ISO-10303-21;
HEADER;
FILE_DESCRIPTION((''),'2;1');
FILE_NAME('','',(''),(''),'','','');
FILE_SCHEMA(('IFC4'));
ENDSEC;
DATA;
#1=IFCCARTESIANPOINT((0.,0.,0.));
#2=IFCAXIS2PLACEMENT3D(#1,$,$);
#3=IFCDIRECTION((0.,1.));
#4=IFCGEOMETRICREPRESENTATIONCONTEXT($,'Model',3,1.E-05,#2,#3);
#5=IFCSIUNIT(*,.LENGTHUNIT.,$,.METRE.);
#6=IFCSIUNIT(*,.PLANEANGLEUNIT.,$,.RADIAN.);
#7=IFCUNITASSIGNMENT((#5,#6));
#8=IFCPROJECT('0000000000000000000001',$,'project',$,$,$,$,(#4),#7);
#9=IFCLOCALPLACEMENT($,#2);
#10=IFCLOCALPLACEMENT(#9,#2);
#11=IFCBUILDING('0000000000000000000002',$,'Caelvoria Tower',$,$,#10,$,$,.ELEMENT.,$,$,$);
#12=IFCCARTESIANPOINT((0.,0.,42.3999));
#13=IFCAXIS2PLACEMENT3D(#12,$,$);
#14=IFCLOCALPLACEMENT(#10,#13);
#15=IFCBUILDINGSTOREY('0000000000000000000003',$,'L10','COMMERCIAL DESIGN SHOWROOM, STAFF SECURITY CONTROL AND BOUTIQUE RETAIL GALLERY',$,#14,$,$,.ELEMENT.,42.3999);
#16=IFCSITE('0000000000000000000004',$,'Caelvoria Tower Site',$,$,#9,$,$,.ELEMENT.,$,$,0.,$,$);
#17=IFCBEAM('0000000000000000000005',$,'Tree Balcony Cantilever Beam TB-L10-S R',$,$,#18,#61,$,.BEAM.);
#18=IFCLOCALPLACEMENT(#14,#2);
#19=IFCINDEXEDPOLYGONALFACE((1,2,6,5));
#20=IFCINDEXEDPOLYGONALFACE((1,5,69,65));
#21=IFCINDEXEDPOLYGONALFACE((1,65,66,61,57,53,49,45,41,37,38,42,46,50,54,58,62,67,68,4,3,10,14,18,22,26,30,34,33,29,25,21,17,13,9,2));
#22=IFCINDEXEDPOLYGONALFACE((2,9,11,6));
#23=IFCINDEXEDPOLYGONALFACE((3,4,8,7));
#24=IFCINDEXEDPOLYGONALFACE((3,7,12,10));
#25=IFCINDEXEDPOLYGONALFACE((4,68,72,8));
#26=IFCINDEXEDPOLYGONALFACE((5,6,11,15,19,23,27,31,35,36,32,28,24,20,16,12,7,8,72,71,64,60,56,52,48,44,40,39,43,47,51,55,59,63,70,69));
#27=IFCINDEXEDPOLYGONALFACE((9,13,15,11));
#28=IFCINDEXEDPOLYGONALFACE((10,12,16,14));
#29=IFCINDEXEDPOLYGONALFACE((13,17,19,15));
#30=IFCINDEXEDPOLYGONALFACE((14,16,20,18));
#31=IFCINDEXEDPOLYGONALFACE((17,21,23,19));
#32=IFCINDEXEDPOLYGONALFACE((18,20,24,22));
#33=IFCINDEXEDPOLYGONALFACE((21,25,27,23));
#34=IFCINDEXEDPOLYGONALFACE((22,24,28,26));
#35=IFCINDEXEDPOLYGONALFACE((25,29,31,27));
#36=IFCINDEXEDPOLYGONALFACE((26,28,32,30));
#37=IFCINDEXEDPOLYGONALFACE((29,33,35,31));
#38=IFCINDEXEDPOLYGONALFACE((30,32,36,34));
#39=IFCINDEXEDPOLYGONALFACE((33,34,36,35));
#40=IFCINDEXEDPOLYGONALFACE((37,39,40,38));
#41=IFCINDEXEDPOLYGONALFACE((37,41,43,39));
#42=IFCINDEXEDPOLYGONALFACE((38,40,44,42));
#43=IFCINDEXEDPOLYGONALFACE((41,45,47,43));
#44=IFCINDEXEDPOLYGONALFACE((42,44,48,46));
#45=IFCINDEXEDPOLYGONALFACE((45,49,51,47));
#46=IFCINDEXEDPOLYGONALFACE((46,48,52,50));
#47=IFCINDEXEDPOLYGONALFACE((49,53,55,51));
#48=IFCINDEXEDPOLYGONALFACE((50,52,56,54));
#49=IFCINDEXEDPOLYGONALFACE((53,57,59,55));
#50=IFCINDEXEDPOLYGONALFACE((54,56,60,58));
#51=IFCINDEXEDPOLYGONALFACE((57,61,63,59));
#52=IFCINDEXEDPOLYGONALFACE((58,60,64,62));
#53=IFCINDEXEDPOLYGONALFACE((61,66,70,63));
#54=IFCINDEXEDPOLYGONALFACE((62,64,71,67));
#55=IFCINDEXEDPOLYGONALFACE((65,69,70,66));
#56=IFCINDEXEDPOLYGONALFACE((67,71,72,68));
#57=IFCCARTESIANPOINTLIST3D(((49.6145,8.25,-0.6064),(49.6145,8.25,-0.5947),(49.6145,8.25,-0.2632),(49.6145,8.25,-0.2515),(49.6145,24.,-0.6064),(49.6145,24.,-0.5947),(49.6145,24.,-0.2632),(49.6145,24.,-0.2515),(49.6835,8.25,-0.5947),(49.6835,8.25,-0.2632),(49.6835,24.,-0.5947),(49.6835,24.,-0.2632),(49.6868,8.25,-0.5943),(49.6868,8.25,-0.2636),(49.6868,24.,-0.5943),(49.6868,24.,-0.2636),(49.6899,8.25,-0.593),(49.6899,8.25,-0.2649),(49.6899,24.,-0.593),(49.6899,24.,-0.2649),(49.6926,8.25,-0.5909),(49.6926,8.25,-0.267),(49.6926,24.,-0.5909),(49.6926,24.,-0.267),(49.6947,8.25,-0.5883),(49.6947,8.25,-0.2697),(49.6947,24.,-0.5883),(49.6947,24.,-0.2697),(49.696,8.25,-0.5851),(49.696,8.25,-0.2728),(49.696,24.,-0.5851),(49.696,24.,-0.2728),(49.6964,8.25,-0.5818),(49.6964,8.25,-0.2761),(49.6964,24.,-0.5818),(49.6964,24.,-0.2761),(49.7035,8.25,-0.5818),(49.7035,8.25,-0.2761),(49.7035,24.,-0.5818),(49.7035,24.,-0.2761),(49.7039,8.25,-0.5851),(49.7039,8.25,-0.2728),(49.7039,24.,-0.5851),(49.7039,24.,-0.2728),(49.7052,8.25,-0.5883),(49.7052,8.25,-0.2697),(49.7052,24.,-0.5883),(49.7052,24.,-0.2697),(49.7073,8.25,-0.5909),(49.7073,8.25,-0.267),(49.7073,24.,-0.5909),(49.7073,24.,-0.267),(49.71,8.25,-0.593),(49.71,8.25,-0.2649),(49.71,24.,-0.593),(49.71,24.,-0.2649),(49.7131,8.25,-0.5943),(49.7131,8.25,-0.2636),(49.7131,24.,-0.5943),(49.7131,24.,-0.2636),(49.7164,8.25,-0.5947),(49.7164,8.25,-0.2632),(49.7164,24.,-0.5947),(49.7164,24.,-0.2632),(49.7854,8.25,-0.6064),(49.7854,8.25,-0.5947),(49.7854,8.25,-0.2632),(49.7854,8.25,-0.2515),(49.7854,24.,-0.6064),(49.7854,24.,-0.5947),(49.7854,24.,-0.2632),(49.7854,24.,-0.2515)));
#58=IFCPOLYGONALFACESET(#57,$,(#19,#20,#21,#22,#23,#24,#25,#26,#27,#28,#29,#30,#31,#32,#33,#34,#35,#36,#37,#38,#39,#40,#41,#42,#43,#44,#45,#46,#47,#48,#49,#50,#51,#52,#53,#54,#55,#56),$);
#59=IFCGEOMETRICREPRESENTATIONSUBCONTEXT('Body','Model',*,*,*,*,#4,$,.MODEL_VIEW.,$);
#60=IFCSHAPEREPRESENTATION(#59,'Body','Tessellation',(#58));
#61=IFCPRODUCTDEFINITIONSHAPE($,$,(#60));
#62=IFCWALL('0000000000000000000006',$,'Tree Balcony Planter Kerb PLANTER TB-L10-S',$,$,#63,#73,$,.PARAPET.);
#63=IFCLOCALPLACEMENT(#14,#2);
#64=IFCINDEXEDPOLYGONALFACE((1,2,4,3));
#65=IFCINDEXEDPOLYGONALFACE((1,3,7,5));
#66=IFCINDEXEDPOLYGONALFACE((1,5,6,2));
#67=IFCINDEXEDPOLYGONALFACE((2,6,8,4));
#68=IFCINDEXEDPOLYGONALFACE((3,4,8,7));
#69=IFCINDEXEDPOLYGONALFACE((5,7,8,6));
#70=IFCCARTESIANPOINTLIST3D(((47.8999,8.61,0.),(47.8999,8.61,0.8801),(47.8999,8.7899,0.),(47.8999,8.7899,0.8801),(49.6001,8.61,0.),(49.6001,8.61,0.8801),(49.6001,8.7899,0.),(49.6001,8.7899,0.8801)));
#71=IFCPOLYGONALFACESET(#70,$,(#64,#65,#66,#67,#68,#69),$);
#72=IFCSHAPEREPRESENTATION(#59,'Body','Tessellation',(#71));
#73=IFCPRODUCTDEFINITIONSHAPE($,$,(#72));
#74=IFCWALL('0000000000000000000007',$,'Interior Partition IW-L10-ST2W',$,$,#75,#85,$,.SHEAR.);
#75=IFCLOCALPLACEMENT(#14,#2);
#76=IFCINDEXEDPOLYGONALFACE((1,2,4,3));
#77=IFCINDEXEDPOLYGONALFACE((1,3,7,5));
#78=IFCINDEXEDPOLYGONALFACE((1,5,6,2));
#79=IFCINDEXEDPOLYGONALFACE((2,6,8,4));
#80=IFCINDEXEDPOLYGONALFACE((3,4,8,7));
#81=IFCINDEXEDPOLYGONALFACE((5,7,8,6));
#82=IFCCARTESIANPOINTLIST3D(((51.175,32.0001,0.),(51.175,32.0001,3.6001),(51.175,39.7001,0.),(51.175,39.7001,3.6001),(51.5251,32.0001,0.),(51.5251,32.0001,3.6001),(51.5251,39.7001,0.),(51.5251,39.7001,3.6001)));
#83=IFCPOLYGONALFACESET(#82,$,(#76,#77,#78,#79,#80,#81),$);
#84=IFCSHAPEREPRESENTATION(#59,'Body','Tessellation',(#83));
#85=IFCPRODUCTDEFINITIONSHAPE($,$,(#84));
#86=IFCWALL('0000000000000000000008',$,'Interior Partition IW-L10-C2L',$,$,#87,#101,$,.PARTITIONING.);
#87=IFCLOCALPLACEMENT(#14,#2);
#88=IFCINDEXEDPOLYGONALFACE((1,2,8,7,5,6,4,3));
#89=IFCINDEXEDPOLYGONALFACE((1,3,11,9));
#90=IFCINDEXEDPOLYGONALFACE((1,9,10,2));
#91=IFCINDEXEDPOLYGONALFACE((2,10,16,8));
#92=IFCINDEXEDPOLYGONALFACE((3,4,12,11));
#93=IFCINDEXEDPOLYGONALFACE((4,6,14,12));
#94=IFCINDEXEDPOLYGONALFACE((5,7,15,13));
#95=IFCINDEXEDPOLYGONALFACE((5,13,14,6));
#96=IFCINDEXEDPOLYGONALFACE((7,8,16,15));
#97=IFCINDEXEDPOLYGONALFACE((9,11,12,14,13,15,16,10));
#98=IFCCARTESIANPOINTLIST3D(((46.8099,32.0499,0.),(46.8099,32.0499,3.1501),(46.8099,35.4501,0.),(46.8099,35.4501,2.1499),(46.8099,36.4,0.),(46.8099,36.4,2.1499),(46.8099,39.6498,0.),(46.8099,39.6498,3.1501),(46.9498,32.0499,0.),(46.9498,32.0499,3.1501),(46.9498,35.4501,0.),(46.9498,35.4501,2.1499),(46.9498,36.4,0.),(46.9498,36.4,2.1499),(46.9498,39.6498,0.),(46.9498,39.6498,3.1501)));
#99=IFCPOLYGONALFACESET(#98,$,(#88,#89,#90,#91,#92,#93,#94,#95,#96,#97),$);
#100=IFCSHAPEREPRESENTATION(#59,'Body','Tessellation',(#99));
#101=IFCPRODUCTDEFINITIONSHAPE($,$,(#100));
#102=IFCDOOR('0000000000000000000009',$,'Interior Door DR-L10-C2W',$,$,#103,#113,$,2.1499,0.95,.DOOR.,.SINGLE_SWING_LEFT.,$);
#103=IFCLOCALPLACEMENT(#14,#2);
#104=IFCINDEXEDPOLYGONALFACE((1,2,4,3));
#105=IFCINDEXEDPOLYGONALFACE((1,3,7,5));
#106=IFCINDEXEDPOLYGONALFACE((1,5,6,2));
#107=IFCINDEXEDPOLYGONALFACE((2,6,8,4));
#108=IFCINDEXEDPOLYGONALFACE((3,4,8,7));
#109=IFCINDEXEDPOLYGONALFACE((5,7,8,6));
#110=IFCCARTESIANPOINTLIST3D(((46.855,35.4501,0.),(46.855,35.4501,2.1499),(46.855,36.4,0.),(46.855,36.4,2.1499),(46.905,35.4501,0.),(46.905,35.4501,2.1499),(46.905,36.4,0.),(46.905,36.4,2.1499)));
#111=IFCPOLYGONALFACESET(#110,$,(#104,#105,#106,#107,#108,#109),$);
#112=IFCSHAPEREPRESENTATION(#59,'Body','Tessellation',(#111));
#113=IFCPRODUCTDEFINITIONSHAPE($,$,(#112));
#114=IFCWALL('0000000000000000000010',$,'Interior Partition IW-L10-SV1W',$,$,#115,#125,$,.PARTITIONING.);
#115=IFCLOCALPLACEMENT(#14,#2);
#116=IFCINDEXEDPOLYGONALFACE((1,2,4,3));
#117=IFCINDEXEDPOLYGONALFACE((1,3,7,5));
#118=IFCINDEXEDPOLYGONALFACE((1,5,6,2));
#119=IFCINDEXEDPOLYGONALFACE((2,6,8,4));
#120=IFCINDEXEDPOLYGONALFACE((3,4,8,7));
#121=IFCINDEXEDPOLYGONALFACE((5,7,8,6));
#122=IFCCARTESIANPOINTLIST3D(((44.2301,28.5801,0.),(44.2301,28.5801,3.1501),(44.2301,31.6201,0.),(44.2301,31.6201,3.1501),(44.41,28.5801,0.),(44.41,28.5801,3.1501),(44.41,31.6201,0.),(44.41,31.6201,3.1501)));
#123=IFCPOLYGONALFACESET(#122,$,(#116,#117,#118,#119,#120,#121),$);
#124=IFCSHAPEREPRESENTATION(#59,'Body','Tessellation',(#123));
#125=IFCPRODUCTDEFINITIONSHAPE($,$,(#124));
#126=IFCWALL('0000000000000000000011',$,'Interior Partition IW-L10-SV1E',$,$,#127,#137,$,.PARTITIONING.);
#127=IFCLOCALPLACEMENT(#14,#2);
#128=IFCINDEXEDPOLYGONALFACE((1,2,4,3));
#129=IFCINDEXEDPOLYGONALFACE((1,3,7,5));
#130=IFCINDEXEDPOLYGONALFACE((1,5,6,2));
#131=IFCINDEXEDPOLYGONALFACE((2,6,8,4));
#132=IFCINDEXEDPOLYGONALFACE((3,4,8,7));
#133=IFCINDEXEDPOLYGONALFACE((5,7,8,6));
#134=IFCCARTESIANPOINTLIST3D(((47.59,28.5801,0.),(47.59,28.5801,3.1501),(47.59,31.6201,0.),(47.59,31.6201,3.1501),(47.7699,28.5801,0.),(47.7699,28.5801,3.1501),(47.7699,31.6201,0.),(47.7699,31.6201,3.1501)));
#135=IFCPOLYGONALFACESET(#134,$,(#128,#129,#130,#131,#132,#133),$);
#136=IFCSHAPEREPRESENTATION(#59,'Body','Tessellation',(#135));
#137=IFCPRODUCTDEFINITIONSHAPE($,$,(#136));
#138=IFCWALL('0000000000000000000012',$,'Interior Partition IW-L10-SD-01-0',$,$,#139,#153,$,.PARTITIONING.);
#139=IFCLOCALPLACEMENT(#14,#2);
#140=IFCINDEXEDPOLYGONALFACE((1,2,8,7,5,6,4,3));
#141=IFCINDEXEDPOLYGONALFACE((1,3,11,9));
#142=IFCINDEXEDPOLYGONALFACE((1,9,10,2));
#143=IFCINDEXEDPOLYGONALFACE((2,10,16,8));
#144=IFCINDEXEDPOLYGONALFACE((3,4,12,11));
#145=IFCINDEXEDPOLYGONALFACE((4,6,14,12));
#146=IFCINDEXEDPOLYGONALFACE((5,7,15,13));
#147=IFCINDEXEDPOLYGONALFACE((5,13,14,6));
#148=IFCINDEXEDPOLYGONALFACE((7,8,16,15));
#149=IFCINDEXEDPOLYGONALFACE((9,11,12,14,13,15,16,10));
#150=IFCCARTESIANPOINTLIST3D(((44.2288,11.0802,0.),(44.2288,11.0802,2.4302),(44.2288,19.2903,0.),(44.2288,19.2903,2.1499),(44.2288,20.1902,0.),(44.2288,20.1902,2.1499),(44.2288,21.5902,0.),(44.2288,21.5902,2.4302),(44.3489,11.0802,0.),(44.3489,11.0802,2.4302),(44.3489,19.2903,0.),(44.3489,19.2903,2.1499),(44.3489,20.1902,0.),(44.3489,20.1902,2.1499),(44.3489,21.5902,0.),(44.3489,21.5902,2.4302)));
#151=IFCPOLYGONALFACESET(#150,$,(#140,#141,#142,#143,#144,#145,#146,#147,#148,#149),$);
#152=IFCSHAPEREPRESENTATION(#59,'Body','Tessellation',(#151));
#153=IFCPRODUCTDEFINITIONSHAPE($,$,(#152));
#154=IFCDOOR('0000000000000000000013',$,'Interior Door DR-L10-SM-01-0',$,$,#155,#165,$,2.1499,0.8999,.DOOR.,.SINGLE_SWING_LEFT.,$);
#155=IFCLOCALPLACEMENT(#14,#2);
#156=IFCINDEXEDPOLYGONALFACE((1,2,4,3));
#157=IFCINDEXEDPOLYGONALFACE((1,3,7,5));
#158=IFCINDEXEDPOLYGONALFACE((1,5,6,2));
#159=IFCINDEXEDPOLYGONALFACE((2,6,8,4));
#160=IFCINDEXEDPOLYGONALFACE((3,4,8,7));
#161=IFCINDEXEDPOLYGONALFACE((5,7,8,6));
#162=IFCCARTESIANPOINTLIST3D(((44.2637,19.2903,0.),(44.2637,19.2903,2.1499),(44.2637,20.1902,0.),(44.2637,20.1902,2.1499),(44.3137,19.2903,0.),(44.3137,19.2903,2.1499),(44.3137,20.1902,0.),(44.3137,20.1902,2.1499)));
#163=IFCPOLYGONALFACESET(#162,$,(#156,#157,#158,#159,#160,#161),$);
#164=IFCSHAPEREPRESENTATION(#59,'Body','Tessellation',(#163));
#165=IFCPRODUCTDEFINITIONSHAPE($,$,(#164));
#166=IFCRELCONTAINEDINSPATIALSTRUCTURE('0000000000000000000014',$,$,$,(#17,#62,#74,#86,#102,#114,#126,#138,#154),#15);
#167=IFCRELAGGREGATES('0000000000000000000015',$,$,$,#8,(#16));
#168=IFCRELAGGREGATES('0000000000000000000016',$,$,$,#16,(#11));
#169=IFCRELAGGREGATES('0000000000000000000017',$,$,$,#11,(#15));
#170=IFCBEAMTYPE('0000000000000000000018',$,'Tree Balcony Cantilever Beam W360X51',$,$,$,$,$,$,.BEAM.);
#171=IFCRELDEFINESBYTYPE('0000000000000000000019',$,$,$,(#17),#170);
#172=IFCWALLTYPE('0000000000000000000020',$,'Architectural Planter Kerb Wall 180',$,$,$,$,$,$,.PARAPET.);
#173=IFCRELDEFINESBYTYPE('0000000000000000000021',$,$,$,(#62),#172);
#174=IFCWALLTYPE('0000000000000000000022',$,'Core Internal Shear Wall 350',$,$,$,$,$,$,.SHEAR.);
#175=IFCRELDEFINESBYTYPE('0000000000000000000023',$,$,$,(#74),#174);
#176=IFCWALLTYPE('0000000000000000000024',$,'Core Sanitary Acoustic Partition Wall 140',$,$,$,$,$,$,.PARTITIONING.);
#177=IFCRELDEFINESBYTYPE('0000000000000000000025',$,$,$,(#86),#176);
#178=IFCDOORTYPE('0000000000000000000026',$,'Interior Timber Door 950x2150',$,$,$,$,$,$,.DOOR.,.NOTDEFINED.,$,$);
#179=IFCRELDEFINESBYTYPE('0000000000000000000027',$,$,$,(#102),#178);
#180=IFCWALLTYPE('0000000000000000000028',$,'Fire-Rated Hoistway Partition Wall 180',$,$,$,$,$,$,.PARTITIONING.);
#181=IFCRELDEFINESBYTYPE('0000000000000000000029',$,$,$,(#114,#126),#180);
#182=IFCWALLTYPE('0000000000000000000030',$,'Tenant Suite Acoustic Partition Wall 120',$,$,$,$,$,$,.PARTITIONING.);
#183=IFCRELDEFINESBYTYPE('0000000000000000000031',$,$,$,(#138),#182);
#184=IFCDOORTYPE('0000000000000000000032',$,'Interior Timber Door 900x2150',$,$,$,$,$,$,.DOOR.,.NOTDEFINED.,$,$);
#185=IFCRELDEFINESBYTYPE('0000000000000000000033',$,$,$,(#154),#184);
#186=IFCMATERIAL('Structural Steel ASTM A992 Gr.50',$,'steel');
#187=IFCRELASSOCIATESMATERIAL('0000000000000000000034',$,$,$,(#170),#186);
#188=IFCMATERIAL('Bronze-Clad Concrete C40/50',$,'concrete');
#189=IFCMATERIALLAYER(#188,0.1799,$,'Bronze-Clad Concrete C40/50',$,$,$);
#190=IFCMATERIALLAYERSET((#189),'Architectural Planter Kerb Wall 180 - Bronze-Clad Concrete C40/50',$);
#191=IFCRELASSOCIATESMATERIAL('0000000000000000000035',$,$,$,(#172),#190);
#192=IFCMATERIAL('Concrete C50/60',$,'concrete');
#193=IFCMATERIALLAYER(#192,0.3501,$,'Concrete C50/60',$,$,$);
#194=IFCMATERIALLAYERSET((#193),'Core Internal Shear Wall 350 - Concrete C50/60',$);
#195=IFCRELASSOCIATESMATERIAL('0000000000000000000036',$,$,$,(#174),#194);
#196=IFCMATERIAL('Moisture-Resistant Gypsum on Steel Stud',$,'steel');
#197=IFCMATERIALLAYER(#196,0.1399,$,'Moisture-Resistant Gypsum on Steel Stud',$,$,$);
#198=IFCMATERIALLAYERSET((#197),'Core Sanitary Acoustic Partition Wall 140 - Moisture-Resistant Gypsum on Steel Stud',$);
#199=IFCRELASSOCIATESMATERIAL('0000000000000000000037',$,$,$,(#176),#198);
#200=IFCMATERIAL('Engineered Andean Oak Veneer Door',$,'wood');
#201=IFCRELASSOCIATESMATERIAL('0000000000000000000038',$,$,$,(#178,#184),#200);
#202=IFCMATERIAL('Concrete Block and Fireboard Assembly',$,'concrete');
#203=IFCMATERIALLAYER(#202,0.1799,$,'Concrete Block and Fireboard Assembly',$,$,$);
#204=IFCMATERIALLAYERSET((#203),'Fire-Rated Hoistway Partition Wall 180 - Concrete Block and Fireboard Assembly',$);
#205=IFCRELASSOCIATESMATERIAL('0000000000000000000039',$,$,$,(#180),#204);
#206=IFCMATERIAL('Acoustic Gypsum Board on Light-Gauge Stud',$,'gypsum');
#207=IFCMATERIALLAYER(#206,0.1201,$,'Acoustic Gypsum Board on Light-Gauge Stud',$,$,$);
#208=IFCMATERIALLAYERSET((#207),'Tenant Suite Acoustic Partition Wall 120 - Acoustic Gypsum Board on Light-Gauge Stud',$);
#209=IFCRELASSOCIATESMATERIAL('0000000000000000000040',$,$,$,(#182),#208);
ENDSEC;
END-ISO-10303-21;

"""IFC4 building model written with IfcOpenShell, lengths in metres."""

from ifc_helpers import new_model, si_unit, direction, frame, frame_2d, origin, origin_2d, place, context, subcontext, project, spatial, rectangle, i_section, extrude, material, layer, layer_set, material_profile, profile_set, type_object, element, fill, save


model = new_model("IFC4")

# Units and contexts
model_context = context("Model", 3, precision=1e-05, world=origin(), true_north=direction((0.0, 1.0)))
body_context = subcontext(model_context, "Body", "Model", "MODEL_VIEW")
ifc_project = project(units=[si_unit("LENGTHUNIT", "METRE"), si_unit("PLANEANGLEUNIT", "RADIAN")], contexts=[model_context])

# Site, building, storey
site_placement = place(None, origin())
site = spatial("IfcSite", under=ifc_project, at=site_placement, Name="Caelvoria Tower Site", CompositionType="ELEMENT", RefElevation=0.0)
building_placement = place(site_placement, origin())
building = spatial("IfcBuilding", under=site, at=building_placement, Name="Caelvoria Tower", CompositionType="ELEMENT")
storey_placement = place(building_placement, frame((0.0, 0.0, 42.3999)))
storey = spatial("IfcBuildingStorey", under=building, at=storey_placement, Name="L10", Description="COMMERCIAL DESIGN SHOWROOM, STAFF SECURITY CONTROL AND BOUTIQUE RETAIL GALLERY", CompositionType="ELEMENT", Elevation=42.3999)

# Beam
ifc_material_1 = material(Name="Structural Steel ASTM A992 Gr.50", Category="steel")
ifc_material_profile_1 = material_profile(ifc_material_1, i_section(OverallWidth=0.1709, OverallDepth=0.355, WebThickness=0.0071, FlangeThickness=0.0117, FilletRadius=0.0129, at=origin_2d()), Name="Structural Steel ASTM A992 Gr.50")
ifc_profile_set_1 = profile_set([ifc_material_profile_1], Name="W360X51 - Structural Steel ASTM A992 Gr.50")
beam_type_1 = type_object("IfcBeamType", Name="Tree Balcony Cantilever Beam W360X51", PredefinedType="BEAM", material=ifc_profile_set_1)
beam_1_placement = place(storey_placement, frame((49.7, 24.0, -0.429), z_axis=(0.0, -1.0, 0.0), x_axis=(1.0, 0.0, 0.0)))
element("IfcBeam", 1, at=beam_1_placement, inside=storey, type_object=beam_type_1, Name="Tree Balcony Cantilever Beam TB-L10-S R", PredefinedType="BEAM", context=body_context, shape_type="SweptSolid", body=[
    extrude(i_section(OverallWidth=0.1709, OverallDepth=0.355, WebThickness=0.0071, FlangeThickness=0.0117, FilletRadius=0.0129, at=origin_2d()), origin(), (0.0, 0.0, 1.0), 15.75),
])

# Walls
ifc_material_2 = material(Name="Bronze-Clad Concrete C40/50", Category="concrete")
ifc_layer_1 = layer(ifc_material_2, 0.1799, Name="Bronze-Clad Concrete C40/50")
ifc_layer_set_1 = layer_set([ifc_layer_1], Name="Architectural Planter Kerb Wall 180 - Bronze-Clad Concrete C40/50")
wall_type_1 = type_object("IfcWallType", Name="Architectural Planter Kerb Wall 180", PredefinedType="PARAPET", material=ifc_layer_set_1)
wall_1_placement = place(storey_placement, frame((47.8999, 8.7, 0.0), z_axis=(0.0, 0.0, 1.0), x_axis=(1.0, 0.0, 0.0)))
element("IfcWall", 2, at=wall_1_placement, inside=storey, type_object=wall_type_1, Name="Tree Balcony Planter Kerb PLANTER TB-L10-S", PredefinedType="PARAPET", context=body_context, shape_type="SweptSolid", body=[
    extrude(rectangle(XDim=1.7002, YDim=0.1799, at=frame_2d((0.8501, 0.0))), origin(), (0.0, 0.0, 1.0), 0.8801),
])
ifc_material_3 = material(Name="Concrete C50/60", Category="concrete")
ifc_layer_2 = layer(ifc_material_3, 0.3501, Name="Concrete C50/60")
ifc_layer_set_2 = layer_set([ifc_layer_2], Name="Core Internal Shear Wall 350 - Concrete C50/60")
wall_type_2 = type_object("IfcWallType", Name="Core Internal Shear Wall 350", PredefinedType="SHEAR", material=ifc_layer_set_2)
wall_2_placement = place(storey_placement, frame((51.3501, 32.0, 0.0), z_axis=(0.0, 0.0, 1.0), x_axis=(0.0, 1.0, 0.0)))
element("IfcWall", 3, at=wall_2_placement, inside=storey, type_object=wall_type_2, Name="Interior Partition IW-L10-ST2W", PredefinedType="SHEAR", context=body_context, shape_type="SweptSolid", body=[
    extrude(rectangle(XDim=7.7, YDim=0.3501, at=frame_2d((3.8501, 0.0))), origin(), (0.0, 0.0, 1.0), 3.6001),
])

# Wall, opening, door
ifc_material_4 = material(Name="Moisture-Resistant Gypsum on Steel Stud", Category="steel")
ifc_layer_3 = layer(ifc_material_4, 0.1399, Name="Moisture-Resistant Gypsum on Steel Stud")
ifc_layer_set_3 = layer_set([ifc_layer_3], Name="Core Sanitary Acoustic Partition Wall 140 - Moisture-Resistant Gypsum on Steel Stud")
wall_type_3 = type_object("IfcWallType", Name="Core Sanitary Acoustic Partition Wall 140", PredefinedType="PARTITIONING", material=ifc_layer_set_3)
wall_3_placement = place(storey_placement, frame((46.8799, 32.05, 0.0), z_axis=(0.0, 0.0, 1.0), x_axis=(0.0, 1.0, 0.0)))
wall_3 = element("IfcWall", 4, at=wall_3_placement, inside=storey, type_object=wall_type_3, Name="Interior Partition IW-L10-C2L", PredefinedType="PARTITIONING", context=body_context, shape_type="SweptSolid", body=[
    extrude(rectangle(XDim=7.5999, YDim=0.1399, at=frame_2d((3.7998, 0.0))), origin(), (0.0, 0.0, 1.0), 3.1501),
])
opening_1_placement = place(wall_3_placement, frame((3.3999, 0.0, 0.0)))
opening_1 = element("IfcOpeningElement", 5, at=opening_1_placement, cuts=wall_3, PredefinedType="OPENING", context=body_context, shape_type="SweptSolid", body=[
    extrude(rectangle(XDim=0.95, YDim=2.1499, at=frame_2d((0.4751, 1.075))), frame((0.0, 0.0798, 0.0), z_axis=(0.0, -1.0, 0.0), x_axis=(1.0, 0.0, 0.0)), (0.0, 0.0, 1.0), 0.1599),
])
ifc_material_5 = material(Name="Engineered Andean Oak Veneer Door", Category="wood")
door_type_1 = type_object("IfcDoorType", Name="Interior Timber Door 950x2150", OperationType="NOTDEFINED", PredefinedType="DOOR", material=ifc_material_5)
door_1_placement = place(opening_1_placement, origin())
door_1 = element("IfcDoor", 6, at=door_1_placement, inside=storey, type_object=door_type_1, Name="Interior Door DR-L10-C2W", OperationType="SINGLE_SWING_LEFT", OverallHeight=2.1499, OverallWidth=0.95, PredefinedType="DOOR", context=body_context, shape_type="SweptSolid", body=[
    extrude(rectangle(XDim=0.95, YDim=2.1499, at=frame_2d((0.4751, 1.075))), frame((0.0, 0.0249, 0.0), z_axis=(0.0, -1.0, 0.0), x_axis=(1.0, 0.0, 0.0)), (0.0, 0.0, 1.0), 0.05),
])
fill(opening_1, door_1)

# Walls
ifc_material_6 = material(Name="Concrete Block and Fireboard Assembly", Category="concrete")
ifc_layer_4 = layer(ifc_material_6, 0.1799, Name="Concrete Block and Fireboard Assembly")
ifc_layer_set_4 = layer_set([ifc_layer_4], Name="Fire-Rated Hoistway Partition Wall 180 - Concrete Block and Fireboard Assembly")
wall_type_4 = type_object("IfcWallType", Name="Fire-Rated Hoistway Partition Wall 180", PredefinedType="PARTITIONING", material=ifc_layer_set_4)
for number, where, z_axis, x_axis, name in (
    (7, (44.3201, 28.5801, 0.0), (0.0, 0.0, 1.0), (0.0, 1.0, 0.0), "Interior Partition IW-L10-SV1W"),
    (8, (47.6799, 28.5801, 0.0), (0.0, 0.0, 1.0), (0.0, 1.0, 0.0), "Interior Partition IW-L10-SV1E"),
):
    element("IfcWall", number, at=place(storey_placement, frame(where, z_axis=z_axis, x_axis=x_axis)), inside=storey, type_object=wall_type_4, Name=name, PredefinedType="PARTITIONING", context=body_context, shape_type="SweptSolid", body=[
        extrude(rectangle(XDim=3.04, YDim=0.1799, at=frame_2d((1.52, 0.0))), origin(), (0.0, 0.0, 1.0), 3.1501),
    ])

# Wall, opening, door
ifc_material_7 = material(Name="Acoustic Gypsum Board on Light-Gauge Stud", Category="gypsum")
ifc_layer_5 = layer(ifc_material_7, 0.1201, Name="Acoustic Gypsum Board on Light-Gauge Stud")
ifc_layer_set_5 = layer_set([ifc_layer_5], Name="Tenant Suite Acoustic Partition Wall 120 - Acoustic Gypsum Board on Light-Gauge Stud")
wall_type_5 = type_object("IfcWallType", Name="Tenant Suite Acoustic Partition Wall 120", PredefinedType="PARTITIONING", material=ifc_layer_set_5)
wall_4_placement = place(storey_placement, frame((44.2888, 21.5901, 0.0), z_axis=(0.0, 0.0, 1.0), x_axis=(0.0, -1.0, 0.0)))
wall_4 = element("IfcWall", 9, at=wall_4_placement, inside=storey, type_object=wall_type_5, Name="Interior Partition IW-L10-SD-01-0", PredefinedType="PARTITIONING", context=body_context, shape_type="SweptSolid", body=[
    extrude(rectangle(XDim=10.51, YDim=0.1201, at=frame_2d((5.2549, 0.0))), origin(), (0.0, 0.0, 1.0), 2.4302),
])
opening_2_placement = place(wall_4_placement, frame((1.3999, 0.0, 0.0)))
opening_2 = element("IfcOpeningElement", 10, at=opening_2_placement, cuts=wall_4, PredefinedType="OPENING", context=body_context, shape_type="SweptSolid", body=[
    extrude(rectangle(XDim=0.8999, YDim=2.1499, at=frame_2d((0.45, 1.075))), frame((0.0, 0.0701, 0.0), z_axis=(0.0, -1.0, 0.0), x_axis=(1.0, 0.0, 0.0)), (0.0, 0.0, 1.0), 0.1401),
])
door_type_2 = type_object("IfcDoorType", Name="Interior Timber Door 900x2150", OperationType="NOTDEFINED", PredefinedType="DOOR", material=ifc_material_5)
door_2_placement = place(opening_2_placement, origin())
door_2 = element("IfcDoor", 11, at=door_2_placement, inside=storey, type_object=door_type_2, Name="Interior Door DR-L10-SM-01-0", OperationType="SINGLE_SWING_LEFT", OverallHeight=2.1499, OverallWidth=0.8999, PredefinedType="DOOR", context=body_context, shape_type="SweptSolid", body=[
    extrude(rectangle(XDim=0.8999, YDim=2.1499, at=frame_2d((0.45, 1.075))), frame((0.0, 0.0249, 0.0), z_axis=(0.0, -1.0, 0.0), x_axis=(1.0, 0.0, 0.0)), (0.0, 0.0, 1.0), 0.05),
])
fill(opening_2, door_2)

save(model, "model.ifc")
